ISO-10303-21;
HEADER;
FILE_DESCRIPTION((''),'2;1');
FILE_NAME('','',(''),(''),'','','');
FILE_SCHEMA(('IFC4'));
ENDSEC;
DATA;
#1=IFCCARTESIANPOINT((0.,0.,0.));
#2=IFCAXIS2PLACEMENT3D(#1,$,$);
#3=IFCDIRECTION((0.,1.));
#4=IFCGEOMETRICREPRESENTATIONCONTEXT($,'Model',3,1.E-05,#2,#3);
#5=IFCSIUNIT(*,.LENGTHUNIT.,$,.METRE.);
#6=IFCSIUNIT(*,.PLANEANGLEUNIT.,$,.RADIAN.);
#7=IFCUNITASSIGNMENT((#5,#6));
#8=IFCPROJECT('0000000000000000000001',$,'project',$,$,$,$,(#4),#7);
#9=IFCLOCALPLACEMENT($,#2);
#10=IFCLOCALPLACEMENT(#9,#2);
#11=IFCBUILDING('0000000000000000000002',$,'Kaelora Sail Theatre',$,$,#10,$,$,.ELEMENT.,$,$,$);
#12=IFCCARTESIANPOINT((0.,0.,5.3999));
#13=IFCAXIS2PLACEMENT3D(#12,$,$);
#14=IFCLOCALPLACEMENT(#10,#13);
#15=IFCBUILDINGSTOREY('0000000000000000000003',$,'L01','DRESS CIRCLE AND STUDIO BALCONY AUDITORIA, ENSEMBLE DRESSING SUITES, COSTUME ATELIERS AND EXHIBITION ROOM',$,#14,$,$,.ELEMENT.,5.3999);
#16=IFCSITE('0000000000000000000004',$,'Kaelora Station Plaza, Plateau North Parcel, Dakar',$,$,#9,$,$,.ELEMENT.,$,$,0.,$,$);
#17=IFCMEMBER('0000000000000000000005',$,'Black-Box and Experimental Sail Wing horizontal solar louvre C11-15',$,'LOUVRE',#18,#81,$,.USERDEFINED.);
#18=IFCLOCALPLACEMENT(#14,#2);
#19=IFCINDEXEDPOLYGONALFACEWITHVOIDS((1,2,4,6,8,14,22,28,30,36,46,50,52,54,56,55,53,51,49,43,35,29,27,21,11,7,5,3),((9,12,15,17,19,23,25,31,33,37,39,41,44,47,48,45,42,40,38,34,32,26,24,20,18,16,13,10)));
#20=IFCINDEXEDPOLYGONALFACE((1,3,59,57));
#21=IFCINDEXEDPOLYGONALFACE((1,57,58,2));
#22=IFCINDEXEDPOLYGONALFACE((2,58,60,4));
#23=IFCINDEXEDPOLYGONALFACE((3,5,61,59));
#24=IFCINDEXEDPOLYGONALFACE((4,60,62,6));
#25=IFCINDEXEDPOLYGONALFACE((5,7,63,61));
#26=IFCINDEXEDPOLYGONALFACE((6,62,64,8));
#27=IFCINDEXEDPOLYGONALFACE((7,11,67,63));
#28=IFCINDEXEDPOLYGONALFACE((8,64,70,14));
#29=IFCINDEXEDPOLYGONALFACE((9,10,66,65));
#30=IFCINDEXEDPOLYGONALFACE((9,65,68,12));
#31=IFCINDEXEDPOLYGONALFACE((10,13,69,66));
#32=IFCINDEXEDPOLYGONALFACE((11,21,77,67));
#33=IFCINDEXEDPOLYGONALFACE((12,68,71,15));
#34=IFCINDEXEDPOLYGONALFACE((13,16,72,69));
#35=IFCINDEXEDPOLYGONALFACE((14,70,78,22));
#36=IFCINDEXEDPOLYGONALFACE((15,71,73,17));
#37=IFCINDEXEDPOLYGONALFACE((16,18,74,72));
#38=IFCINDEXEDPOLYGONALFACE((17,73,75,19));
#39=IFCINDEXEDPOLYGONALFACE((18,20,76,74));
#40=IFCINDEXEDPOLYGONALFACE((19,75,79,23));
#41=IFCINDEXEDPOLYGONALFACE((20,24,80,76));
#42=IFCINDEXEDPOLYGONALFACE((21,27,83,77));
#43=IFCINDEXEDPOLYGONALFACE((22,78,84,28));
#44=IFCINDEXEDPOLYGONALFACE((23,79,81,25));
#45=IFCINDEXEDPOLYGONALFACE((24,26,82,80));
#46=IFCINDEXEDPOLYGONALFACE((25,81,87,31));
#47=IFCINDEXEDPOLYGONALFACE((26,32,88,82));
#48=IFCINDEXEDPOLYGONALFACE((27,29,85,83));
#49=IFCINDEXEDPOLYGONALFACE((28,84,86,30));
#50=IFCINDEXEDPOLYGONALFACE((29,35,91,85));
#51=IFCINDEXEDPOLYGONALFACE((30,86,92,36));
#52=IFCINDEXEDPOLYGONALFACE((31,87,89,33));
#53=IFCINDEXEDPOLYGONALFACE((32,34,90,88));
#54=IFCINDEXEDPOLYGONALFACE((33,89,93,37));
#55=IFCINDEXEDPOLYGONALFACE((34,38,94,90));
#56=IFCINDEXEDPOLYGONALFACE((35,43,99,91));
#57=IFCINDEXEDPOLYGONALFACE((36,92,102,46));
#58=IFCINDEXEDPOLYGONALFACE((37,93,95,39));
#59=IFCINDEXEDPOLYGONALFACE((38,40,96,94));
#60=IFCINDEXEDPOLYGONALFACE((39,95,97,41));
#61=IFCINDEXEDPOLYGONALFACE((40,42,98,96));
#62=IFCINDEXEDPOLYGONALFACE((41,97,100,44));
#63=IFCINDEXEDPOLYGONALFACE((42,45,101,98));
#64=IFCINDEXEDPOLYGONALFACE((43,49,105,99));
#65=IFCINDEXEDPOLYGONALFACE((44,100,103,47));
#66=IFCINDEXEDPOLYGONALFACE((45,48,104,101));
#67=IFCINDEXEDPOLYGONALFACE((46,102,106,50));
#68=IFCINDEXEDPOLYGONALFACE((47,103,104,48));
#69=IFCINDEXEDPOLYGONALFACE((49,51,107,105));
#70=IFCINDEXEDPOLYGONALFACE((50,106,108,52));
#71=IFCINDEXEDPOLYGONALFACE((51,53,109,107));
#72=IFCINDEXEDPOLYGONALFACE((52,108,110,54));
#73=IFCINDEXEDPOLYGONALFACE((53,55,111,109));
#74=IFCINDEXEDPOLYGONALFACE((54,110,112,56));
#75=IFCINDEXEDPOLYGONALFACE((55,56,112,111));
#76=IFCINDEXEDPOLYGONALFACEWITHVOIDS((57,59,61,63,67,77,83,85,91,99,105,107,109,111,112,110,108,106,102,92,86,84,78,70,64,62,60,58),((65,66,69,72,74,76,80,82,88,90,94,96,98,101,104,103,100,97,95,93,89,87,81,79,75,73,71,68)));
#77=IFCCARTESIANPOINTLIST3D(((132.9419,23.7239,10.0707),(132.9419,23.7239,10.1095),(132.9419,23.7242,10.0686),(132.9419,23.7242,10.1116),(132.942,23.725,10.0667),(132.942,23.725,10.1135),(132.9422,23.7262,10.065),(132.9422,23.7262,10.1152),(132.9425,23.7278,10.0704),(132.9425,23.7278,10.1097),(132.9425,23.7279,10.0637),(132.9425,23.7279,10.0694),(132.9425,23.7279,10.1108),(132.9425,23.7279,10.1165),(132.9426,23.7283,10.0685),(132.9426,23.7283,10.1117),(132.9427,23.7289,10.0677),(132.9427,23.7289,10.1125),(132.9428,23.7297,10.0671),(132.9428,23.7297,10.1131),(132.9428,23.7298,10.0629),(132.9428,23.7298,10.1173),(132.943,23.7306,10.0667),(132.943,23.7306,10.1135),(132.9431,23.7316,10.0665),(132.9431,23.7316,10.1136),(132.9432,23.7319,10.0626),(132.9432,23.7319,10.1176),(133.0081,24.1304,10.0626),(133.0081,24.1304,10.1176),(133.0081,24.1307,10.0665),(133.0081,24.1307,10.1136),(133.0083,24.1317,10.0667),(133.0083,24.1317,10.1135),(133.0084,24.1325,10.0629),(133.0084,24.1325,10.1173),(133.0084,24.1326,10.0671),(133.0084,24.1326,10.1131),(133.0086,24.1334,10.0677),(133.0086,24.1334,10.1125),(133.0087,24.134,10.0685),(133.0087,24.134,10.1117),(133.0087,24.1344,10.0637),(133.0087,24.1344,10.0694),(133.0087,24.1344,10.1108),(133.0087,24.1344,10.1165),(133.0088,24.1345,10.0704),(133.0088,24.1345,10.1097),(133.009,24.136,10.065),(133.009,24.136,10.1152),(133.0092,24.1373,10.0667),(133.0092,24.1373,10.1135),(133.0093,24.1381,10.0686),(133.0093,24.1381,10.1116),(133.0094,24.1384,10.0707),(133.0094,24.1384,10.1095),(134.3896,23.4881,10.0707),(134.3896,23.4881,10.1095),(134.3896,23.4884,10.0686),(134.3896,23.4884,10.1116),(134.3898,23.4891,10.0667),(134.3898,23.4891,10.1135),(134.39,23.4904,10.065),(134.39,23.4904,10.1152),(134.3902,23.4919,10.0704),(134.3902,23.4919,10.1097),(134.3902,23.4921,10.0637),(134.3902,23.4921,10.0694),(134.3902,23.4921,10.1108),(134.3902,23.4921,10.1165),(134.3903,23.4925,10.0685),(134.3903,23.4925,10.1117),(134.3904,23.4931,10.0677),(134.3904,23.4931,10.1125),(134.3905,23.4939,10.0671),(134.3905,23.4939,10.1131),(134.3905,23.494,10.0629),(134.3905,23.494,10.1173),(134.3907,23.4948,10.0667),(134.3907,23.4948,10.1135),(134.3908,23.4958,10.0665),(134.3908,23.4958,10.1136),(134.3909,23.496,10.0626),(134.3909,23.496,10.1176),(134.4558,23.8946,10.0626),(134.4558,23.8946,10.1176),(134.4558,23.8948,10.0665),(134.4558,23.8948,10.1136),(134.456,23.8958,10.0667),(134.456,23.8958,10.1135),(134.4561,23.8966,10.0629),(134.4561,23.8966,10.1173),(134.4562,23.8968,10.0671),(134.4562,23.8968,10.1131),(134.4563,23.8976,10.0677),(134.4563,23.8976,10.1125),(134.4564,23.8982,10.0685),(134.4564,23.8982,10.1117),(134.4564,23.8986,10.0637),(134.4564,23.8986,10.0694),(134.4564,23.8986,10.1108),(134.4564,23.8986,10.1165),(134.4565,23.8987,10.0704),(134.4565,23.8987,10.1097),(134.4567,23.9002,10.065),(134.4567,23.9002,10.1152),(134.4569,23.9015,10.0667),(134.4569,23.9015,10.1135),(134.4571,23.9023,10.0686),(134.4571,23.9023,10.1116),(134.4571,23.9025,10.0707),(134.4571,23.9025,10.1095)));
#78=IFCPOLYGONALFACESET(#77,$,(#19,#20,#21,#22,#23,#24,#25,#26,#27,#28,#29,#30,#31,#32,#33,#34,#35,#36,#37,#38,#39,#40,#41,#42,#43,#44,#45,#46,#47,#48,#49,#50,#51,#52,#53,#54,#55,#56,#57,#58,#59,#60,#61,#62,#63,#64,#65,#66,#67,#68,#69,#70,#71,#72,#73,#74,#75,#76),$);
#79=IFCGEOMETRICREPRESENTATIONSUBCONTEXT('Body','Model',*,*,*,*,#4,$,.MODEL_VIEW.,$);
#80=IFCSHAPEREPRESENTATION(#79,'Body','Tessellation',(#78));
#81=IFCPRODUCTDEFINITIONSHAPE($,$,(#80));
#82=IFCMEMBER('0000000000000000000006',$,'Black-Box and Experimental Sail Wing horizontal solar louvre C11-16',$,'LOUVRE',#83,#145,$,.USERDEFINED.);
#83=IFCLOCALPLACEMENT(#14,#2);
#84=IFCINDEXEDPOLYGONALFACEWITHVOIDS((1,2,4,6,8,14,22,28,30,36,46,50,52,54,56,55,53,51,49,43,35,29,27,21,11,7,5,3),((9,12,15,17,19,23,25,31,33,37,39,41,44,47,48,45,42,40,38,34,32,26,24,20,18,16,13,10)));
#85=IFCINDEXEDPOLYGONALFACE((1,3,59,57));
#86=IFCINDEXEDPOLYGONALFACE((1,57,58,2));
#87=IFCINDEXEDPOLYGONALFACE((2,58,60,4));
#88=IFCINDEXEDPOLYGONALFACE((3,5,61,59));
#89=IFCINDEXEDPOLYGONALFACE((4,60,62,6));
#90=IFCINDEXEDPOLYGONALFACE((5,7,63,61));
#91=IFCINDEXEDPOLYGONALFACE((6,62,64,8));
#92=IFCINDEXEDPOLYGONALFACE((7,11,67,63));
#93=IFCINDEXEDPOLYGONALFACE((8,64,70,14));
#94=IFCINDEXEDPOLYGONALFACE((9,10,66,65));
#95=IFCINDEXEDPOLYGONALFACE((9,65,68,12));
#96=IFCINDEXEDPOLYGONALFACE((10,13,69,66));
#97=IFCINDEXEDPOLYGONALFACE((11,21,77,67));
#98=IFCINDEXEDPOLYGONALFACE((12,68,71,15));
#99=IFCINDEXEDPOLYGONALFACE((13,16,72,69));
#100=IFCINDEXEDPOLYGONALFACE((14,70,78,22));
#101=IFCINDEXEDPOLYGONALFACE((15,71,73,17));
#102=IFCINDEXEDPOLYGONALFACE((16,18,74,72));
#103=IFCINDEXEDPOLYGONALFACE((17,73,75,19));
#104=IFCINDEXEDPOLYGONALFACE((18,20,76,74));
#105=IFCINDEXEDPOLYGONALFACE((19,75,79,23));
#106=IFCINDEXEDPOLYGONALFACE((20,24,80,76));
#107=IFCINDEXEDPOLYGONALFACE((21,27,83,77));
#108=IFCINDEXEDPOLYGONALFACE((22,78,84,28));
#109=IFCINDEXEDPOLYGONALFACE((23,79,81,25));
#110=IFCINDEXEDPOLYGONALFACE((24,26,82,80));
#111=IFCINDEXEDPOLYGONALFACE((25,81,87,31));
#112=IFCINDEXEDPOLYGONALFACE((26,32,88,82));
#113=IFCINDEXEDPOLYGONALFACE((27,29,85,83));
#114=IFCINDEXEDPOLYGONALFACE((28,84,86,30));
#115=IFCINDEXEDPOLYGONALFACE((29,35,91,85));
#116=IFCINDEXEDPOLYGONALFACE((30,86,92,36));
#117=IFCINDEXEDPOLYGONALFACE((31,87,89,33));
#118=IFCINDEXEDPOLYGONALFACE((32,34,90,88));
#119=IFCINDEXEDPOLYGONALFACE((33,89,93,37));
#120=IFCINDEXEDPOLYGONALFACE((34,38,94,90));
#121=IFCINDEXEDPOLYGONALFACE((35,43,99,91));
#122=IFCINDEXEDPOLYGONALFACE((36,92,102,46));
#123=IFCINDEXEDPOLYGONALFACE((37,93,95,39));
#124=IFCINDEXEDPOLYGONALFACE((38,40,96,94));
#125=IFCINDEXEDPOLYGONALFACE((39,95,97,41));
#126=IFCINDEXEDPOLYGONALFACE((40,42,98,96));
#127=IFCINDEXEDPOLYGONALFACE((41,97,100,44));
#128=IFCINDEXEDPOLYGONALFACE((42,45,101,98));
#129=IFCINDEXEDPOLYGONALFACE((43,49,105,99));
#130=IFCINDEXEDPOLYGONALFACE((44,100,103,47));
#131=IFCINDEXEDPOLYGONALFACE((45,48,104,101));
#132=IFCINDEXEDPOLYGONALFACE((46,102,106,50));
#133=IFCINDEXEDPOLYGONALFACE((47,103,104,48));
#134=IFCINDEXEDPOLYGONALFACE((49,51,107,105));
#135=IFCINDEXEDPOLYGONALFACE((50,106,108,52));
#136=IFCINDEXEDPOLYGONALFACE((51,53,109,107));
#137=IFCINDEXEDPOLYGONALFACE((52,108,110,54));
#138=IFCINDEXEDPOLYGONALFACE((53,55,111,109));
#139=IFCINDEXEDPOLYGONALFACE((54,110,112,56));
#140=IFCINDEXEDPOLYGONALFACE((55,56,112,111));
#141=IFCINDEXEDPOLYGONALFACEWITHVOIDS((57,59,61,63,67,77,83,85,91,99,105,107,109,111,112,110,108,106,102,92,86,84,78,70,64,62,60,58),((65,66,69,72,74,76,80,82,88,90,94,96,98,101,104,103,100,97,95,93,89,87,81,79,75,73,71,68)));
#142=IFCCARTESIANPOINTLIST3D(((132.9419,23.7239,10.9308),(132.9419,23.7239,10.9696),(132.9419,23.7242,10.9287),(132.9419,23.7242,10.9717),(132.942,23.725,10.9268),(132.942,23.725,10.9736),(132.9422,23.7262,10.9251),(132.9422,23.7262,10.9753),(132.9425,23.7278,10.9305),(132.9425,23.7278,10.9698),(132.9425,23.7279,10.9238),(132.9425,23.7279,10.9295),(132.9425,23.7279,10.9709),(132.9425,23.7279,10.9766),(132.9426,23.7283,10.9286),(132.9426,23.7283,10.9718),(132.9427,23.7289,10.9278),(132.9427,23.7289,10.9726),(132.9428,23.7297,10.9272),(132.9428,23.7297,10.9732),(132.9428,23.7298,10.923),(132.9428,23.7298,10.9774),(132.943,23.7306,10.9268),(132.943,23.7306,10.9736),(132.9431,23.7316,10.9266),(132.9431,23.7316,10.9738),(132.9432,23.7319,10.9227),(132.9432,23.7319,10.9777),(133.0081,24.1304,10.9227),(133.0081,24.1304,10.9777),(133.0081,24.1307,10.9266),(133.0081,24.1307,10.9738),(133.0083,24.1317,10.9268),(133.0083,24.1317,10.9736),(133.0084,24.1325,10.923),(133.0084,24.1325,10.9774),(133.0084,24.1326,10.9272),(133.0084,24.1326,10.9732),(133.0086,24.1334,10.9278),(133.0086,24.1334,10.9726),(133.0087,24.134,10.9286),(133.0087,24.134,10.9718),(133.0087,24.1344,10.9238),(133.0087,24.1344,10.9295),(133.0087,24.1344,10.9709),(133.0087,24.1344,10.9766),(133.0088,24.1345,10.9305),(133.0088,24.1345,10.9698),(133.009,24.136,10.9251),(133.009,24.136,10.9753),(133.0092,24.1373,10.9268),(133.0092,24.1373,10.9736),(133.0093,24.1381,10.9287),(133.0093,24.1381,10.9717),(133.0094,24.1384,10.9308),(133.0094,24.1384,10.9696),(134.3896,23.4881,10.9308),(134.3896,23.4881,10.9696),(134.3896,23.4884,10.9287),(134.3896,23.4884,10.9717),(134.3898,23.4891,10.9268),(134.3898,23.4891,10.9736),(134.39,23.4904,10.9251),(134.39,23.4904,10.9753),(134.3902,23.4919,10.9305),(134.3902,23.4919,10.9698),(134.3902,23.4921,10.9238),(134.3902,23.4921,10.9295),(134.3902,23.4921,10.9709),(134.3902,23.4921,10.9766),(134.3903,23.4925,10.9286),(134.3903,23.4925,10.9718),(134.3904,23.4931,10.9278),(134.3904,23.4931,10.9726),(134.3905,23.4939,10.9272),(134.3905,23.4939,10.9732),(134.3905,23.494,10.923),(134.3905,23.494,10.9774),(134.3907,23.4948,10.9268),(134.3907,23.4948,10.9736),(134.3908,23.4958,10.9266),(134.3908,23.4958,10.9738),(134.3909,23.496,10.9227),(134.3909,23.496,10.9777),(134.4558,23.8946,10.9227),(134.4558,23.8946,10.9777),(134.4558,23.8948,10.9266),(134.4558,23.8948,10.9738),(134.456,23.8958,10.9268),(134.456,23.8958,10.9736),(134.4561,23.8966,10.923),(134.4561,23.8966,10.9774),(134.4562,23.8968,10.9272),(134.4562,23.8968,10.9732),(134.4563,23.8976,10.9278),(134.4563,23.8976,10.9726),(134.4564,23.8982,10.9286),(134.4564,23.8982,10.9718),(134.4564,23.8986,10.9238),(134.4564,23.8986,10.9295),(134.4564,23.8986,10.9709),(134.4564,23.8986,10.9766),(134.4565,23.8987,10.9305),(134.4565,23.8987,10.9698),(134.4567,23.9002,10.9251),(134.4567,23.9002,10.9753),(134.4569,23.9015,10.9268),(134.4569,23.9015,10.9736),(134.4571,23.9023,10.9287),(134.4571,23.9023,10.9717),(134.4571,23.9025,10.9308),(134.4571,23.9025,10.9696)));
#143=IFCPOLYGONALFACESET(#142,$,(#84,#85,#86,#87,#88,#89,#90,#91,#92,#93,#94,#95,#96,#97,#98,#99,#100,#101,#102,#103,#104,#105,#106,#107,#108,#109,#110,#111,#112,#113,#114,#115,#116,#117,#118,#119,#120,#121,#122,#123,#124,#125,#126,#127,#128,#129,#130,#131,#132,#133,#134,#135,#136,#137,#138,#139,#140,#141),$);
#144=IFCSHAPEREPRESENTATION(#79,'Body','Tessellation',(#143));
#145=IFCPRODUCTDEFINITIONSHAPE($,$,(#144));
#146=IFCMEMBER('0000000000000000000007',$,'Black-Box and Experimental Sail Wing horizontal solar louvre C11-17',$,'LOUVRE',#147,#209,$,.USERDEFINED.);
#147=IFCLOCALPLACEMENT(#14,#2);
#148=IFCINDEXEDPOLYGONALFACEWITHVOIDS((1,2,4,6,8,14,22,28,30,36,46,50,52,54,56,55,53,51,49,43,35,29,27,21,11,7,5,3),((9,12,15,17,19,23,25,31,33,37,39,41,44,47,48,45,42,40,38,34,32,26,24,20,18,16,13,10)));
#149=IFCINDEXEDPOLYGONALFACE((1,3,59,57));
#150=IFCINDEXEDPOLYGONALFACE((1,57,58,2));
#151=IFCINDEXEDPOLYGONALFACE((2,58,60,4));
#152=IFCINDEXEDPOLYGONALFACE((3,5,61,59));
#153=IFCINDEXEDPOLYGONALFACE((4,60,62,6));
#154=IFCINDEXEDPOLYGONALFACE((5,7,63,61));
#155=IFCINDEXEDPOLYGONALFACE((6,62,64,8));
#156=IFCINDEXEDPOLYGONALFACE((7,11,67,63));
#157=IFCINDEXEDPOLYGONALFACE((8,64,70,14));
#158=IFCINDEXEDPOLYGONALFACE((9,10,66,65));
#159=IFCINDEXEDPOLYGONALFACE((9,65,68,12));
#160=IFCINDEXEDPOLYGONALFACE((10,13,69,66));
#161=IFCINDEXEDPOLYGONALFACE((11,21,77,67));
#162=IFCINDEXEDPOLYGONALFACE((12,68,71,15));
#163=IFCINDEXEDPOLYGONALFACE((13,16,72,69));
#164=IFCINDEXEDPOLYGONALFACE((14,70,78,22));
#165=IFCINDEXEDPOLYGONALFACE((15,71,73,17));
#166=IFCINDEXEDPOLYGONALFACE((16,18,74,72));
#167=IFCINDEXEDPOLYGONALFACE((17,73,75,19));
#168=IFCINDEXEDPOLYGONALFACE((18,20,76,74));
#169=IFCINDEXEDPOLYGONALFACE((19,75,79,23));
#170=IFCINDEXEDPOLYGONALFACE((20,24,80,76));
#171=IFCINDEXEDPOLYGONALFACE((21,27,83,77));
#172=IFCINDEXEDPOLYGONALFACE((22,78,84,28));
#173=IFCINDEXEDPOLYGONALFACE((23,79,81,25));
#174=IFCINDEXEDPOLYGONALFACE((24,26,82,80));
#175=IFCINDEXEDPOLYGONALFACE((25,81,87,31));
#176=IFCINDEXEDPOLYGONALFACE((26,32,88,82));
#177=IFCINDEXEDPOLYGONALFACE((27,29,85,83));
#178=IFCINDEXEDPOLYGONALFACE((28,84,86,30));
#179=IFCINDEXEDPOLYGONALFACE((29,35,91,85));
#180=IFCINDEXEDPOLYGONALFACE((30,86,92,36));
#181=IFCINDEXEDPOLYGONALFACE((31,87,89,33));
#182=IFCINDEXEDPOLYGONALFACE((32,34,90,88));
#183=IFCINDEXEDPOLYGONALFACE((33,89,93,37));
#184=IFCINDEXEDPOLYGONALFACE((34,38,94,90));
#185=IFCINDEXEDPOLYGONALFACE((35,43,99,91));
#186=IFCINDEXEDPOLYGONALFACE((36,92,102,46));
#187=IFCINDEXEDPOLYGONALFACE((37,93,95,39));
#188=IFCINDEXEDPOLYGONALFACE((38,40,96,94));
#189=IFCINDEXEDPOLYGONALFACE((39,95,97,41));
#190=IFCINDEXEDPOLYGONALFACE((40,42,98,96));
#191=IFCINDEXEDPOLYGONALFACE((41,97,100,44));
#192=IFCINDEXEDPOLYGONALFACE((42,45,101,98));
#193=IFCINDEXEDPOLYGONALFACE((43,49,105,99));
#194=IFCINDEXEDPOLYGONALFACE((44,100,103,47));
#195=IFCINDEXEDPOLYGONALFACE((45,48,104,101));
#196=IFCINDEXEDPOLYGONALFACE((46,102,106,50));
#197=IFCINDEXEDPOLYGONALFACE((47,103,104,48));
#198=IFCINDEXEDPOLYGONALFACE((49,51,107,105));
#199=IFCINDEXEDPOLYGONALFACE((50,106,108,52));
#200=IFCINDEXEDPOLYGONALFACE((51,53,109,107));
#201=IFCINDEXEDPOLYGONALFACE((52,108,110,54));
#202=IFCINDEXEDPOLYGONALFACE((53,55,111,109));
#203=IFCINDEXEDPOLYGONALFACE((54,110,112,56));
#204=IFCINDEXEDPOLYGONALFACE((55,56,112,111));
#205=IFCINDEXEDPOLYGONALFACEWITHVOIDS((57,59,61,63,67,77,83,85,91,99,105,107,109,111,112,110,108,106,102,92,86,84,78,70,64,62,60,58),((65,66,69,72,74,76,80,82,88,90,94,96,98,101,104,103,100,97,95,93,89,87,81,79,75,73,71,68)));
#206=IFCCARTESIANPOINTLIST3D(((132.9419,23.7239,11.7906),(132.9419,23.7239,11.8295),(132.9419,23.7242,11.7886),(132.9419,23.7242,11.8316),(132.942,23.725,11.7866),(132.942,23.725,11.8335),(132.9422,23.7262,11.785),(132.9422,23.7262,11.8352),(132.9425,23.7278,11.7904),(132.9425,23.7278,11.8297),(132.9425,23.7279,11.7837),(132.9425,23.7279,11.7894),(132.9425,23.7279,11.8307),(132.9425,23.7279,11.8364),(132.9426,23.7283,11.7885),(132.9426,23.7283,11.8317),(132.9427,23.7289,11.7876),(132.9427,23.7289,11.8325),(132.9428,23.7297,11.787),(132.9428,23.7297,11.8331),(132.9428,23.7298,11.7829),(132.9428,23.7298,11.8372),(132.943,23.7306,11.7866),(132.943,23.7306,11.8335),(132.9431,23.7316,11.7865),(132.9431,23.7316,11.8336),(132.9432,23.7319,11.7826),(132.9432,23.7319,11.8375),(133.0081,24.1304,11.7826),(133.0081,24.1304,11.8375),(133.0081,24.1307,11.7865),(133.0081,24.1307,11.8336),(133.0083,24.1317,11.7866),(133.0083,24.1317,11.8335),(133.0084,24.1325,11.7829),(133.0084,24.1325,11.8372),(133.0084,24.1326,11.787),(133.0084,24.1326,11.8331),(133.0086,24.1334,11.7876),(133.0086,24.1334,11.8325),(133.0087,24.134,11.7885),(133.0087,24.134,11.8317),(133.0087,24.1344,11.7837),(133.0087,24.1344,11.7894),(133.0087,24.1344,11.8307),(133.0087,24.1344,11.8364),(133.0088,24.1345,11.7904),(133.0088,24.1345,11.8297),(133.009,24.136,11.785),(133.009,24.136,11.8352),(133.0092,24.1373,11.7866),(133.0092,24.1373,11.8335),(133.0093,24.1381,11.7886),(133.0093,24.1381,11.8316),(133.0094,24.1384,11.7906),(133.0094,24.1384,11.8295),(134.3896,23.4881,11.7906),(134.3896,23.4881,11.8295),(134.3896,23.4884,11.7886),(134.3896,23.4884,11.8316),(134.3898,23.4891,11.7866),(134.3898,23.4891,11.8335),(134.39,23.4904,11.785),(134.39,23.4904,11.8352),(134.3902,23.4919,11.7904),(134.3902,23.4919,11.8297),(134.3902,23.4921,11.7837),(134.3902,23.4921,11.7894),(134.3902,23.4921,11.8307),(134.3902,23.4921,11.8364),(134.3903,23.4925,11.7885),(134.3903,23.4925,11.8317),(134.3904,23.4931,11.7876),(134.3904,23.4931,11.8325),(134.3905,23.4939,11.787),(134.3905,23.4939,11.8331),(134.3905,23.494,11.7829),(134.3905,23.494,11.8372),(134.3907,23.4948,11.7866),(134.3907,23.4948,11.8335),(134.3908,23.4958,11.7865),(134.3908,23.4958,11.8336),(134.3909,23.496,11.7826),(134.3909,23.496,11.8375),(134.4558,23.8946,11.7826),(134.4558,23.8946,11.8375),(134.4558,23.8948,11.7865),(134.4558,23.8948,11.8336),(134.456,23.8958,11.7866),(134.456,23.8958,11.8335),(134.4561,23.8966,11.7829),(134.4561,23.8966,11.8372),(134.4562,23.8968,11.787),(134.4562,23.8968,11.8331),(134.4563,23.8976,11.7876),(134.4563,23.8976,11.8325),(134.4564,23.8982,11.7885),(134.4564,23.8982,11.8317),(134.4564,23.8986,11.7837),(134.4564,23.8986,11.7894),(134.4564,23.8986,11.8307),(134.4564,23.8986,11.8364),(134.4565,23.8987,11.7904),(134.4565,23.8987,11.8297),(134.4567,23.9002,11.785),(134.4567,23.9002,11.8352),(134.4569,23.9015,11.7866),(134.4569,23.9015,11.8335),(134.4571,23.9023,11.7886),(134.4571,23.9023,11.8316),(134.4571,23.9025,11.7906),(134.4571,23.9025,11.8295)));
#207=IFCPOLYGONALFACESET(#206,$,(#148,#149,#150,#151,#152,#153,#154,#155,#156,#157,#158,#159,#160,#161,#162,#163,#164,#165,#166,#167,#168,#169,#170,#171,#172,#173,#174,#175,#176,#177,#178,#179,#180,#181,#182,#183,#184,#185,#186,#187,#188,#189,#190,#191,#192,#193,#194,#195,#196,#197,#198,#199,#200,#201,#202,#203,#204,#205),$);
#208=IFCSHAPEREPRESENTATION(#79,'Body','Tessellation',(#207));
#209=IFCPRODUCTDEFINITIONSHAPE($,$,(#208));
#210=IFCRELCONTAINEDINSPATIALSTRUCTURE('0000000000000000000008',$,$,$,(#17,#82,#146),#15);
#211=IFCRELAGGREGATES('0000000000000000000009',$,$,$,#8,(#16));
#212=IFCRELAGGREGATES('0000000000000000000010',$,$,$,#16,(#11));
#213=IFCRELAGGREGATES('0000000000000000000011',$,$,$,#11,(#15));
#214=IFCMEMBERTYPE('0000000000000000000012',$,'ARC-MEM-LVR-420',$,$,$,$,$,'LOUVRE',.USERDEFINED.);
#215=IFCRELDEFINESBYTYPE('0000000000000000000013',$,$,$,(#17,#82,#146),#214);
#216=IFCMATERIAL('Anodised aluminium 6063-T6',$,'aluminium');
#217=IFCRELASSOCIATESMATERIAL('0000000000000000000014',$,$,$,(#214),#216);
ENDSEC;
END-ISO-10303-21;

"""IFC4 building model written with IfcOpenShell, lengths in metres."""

from ifc_helpers import new_model, si_unit, direction, frame, origin, origin_2d, place, context, subcontext, project, spatial, hollow_rectangle, extrude, material, material_profile, profile_set, type_object, element, save


model = new_model("IFC4")

# Units and contexts
model_context = context("Model", 3, precision=1e-05, world=origin(), true_north=direction((0.0, 1.0)))
body_context = subcontext(model_context, "Body", "Model", "MODEL_VIEW")
ifc_project = project(units=[si_unit("LENGTHUNIT", "METRE"), si_unit("PLANEANGLEUNIT", "RADIAN")], contexts=[model_context])

# Site, building, storey
site_placement = place(None, origin())
site = spatial("IfcSite", under=ifc_project, at=site_placement, Name="Kaelora Station Plaza, Plateau North Parcel, Dakar", CompositionType="ELEMENT", RefElevation=0.0)
building_placement = place(site_placement, origin())
building = spatial("IfcBuilding", under=site, at=building_placement, Name="Kaelora Sail Theatre", CompositionType="ELEMENT")
storey_placement = place(building_placement, frame((0.0, 0.0, 5.3999)))
storey = spatial("IfcBuildingStorey", under=building, at=storey_placement, Name="L01", Description="DRESS CIRCLE AND STUDIO BALCONY AUDITORIA, ENSEMBLE DRESSING SUITES, COSTUME ATELIERS AND EXHIBITION ROOM", CompositionType="ELEMENT", Elevation=5.3999)

# Members
ifc_material = material(Name="Anodised aluminium 6063-T6", Category="aluminium")
ifc_material_profile = material_profile(ifc_material, hollow_rectangle(XDim=0.4199, YDim=0.0549, WallThickness=0.0039, InnerFilletRadius=0.0039, OuterFilletRadius=0.0081, at=origin_2d()), Name="LOUVRE 420x55x4")
ifc_profile_set = profile_set([ifc_material_profile], Name="Anodised aluminium 6063-T6")
member_type = type_object("IfcMemberType", Name="ARC-MEM-LVR-420", ElementType="LOUVRE", PredefinedType="USERDEFINED", material=ifc_profile_set)
for number, where, z_axis, x_axis, name in (
    (1, (134.4233, 23.6953, 10.0901), (-0.98699, 0.160781, 0.0), (-0.160781, -0.98699, 0.0), "Black-Box and Experimental Sail Wing horizontal solar louvre C11-15"),
    (2, (134.4233, 23.6953, 10.9502), (-0.98699, 0.160781, 0.0), (-0.160781, -0.98699, 0.0), "Black-Box and Experimental Sail Wing horizontal solar louvre C11-16"),
    (3, (134.4233, 23.6953, 11.8101), (-0.98699, 0.160781, 0.0), (-0.160781, -0.98699, 0.0), "Black-Box and Experimental Sail Wing horizontal solar louvre C11-17"),
):
    element("IfcMember", number, at=place(storey_placement, frame(where, z_axis=z_axis, x_axis=x_axis)), inside=storey, type_object=member_type, Name=name, ObjectType="LOUVRE", PredefinedType="USERDEFINED", context=body_context, shape_type="SweptSolid", body=[
        extrude(hollow_rectangle(XDim=0.4199, YDim=0.0549, WallThickness=0.0039, InnerFilletRadius=0.0039, OuterFilletRadius=0.0081, at=origin_2d()), origin(), (0.0, 0.0, 1.0), 1.4668),
    ])

save(model, "model.ifc")
